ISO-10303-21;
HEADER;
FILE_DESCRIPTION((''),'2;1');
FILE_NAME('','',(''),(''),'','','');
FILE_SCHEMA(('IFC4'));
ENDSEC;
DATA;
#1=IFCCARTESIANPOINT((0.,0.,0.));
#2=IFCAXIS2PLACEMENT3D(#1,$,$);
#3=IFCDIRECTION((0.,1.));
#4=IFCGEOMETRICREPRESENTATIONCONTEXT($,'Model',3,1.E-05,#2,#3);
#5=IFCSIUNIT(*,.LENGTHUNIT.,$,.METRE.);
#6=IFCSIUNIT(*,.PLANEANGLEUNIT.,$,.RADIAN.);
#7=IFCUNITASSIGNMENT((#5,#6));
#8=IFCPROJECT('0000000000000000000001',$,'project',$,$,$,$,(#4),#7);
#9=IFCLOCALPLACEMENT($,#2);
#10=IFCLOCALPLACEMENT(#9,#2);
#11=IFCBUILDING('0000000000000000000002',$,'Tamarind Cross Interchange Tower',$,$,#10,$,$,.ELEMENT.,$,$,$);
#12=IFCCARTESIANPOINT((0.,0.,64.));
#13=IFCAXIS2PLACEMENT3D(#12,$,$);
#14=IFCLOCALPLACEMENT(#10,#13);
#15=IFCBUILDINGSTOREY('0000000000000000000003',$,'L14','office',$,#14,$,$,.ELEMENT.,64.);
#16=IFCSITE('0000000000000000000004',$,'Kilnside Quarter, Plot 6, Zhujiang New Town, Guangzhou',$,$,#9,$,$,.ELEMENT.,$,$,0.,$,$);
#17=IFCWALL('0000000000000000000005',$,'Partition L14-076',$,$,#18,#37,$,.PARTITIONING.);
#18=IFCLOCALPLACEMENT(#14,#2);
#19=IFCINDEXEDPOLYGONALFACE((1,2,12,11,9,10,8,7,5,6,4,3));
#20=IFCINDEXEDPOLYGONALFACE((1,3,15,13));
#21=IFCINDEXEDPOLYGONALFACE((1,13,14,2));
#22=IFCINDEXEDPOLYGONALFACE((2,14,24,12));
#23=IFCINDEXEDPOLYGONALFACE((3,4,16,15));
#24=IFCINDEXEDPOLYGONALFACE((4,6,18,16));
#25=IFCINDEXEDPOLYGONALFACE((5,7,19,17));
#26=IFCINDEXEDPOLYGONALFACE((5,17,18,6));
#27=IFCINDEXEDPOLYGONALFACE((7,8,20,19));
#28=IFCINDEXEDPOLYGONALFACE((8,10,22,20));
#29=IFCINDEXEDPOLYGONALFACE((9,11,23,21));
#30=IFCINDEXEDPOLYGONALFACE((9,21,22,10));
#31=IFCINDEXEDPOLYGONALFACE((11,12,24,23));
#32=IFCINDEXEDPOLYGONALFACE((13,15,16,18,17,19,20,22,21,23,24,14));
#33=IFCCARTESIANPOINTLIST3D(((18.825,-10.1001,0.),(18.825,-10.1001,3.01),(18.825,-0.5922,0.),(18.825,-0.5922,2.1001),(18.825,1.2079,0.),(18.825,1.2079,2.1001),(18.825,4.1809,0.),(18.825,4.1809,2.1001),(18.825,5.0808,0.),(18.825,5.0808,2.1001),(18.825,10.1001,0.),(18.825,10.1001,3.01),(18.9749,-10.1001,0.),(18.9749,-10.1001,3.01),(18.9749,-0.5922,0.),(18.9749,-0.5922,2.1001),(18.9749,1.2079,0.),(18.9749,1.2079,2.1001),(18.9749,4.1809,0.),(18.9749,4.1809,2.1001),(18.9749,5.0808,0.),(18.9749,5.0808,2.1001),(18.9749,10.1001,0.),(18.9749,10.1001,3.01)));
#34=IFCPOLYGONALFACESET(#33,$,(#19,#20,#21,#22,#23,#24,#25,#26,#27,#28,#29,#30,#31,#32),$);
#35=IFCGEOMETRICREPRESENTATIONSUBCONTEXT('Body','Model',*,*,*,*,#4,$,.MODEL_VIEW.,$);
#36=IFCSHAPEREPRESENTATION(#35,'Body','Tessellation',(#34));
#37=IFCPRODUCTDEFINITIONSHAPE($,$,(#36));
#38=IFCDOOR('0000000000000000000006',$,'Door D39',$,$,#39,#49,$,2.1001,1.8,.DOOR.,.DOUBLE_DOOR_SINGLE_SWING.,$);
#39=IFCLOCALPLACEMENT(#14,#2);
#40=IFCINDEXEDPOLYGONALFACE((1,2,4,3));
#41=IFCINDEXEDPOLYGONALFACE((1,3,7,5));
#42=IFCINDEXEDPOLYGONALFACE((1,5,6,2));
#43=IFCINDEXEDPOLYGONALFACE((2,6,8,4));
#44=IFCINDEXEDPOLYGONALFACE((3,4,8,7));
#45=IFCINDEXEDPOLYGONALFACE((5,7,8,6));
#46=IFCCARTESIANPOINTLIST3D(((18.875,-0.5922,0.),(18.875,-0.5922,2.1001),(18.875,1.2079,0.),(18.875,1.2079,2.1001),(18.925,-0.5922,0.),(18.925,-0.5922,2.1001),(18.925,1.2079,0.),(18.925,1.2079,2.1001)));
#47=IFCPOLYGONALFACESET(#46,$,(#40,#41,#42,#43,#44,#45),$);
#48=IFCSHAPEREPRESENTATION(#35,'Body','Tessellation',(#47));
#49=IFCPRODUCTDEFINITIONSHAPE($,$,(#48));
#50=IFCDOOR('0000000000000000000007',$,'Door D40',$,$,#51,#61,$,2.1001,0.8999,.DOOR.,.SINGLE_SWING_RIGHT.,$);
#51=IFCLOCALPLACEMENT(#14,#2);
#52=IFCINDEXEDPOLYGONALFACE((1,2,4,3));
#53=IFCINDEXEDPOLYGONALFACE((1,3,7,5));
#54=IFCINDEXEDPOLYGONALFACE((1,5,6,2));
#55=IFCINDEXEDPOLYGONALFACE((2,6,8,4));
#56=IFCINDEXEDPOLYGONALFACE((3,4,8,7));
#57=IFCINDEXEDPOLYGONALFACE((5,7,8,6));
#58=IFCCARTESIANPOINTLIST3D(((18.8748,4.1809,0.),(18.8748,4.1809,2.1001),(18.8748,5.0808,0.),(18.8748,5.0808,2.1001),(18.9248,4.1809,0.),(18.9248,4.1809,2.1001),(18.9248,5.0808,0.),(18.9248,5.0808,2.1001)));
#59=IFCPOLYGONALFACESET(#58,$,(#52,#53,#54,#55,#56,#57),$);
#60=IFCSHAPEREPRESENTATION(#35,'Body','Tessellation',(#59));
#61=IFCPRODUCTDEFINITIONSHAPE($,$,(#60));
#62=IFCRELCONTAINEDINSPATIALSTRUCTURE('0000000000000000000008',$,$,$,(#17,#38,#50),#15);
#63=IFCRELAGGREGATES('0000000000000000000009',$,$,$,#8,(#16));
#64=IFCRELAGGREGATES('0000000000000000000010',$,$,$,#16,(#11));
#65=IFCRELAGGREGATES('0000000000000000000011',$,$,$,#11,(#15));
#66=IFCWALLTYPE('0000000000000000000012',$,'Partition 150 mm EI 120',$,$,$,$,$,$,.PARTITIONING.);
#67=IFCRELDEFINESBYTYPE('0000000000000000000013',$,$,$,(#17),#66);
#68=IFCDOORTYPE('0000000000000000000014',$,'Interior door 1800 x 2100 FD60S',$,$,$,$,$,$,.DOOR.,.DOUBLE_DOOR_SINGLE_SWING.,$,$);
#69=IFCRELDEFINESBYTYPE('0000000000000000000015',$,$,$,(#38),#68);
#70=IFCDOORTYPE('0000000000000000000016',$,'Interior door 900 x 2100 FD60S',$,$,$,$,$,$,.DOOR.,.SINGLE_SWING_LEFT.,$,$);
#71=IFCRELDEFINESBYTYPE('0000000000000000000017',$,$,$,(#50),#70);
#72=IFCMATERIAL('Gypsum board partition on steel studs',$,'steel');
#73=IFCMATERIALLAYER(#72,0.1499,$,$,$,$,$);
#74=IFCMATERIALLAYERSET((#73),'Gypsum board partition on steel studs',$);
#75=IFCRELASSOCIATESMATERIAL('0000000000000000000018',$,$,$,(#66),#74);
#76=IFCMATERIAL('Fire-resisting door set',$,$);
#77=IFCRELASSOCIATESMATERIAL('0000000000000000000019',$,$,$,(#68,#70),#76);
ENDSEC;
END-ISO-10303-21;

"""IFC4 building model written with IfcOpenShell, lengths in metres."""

from ifc_helpers import new_model, si_unit, direction, frame, frame_2d, origin, place, context, subcontext, project, spatial, rectangle, extrude, material, layer, layer_set, type_object, element, fill, save


model = new_model("IFC4")

# Units and contexts
model_context = context("Model", 3, precision=1e-05, world=origin(), true_north=direction((0.0, 1.0)))
body_context = subcontext(model_context, "Body", "Model", "MODEL_VIEW")
ifc_project = project(units=[si_unit("LENGTHUNIT", "METRE"), si_unit("PLANEANGLEUNIT", "RADIAN")], contexts=[model_context])

# Site, building, storey
site_placement = place(None, origin())
site = spatial("IfcSite", under=ifc_project, at=site_placement, Name="Kilnside Quarter, Plot 6, Zhujiang New Town, Guangzhou", CompositionType="ELEMENT", RefElevation=0.0)
building_placement = place(site_placement, origin())
building = spatial("IfcBuilding", under=site, at=building_placement, Name="Tamarind Cross Interchange Tower", CompositionType="ELEMENT")
storey_placement = place(building_placement, frame((0.0, 0.0, 64.0)))
storey = spatial("IfcBuildingStorey", under=building, at=storey_placement, Name="L14", Description="office", CompositionType="ELEMENT", Elevation=64.0)

# Shared definitions
ifc_material_1 = material(Name="Gypsum board partition on steel studs", Category="steel")
ifc_layer_1 = layer(ifc_material_1, 0.1499)
ifc_layer_set_1 = layer_set([ifc_layer_1], Name="Gypsum board partition on steel studs")
wall_type_1 = type_object("IfcWallType", Name="Partition 150 mm EI 120", PredefinedType="PARTITIONING", material=ifc_layer_set_1)

# Wall, openings, doors
wall_1_placement = place(storey_placement, frame((18.8999, -10.1001, 0.0), z_axis=(0.0, 0.0, 1.0), x_axis=(0.0, 1.0, 0.0)))
wall_1 = element("IfcWall", 1, at=wall_1_placement, inside=storey, type_object=wall_type_1, Name="Partition L14-076", PredefinedType="PARTITIONING", context=body_context, shape_type="SweptSolid", body=[
    extrude(rectangle(XDim=20.2002, YDim=0.1499, at=frame_2d((10.1001, 0.0))), origin(), (0.0, 0.0, 1.0), 3.01),
])
opening_1_placement = place(wall_1_placement, frame((9.5081, 0.0, 0.0)))
opening_1 = element("IfcOpeningElement", 2, at=opening_1_placement, cuts=wall_1, PredefinedType="OPENING", context=body_context, shape_type="SweptSolid", body=[
    extrude(rectangle(XDim=1.8, YDim=2.1001, at=frame_2d((0.8999, 1.05))), frame((0.0, 0.085, 0.0), z_axis=(0.0, -1.0, 0.0), x_axis=(1.0, 0.0, 0.0)), (0.0, 0.0, 1.0), 0.1699),
])
opening_2_placement = place(wall_1_placement, frame((14.281, 0.0, 0.0)))
opening_2 = element("IfcOpeningElement", 3, at=opening_2_placement, cuts=wall_1, PredefinedType="OPENING", context=body_context, shape_type="SweptSolid", body=[
    extrude(rectangle(XDim=0.8999, YDim=2.1001, at=frame_2d((0.45, 1.05))), frame((0.0, 0.085, 0.0), z_axis=(0.0, -1.0, 0.0), x_axis=(1.0, 0.0, 0.0)), (0.0, 0.0, 1.0), 0.1699),
])
ifc_material_2 = material(Name="Fire-resisting door set")
door_type_1 = type_object("IfcDoorType", Name="Interior door 1800 x 2100 FD60S", OperationType="DOUBLE_DOOR_SINGLE_SWING", PredefinedType="DOOR", material=ifc_material_2)
door_1_placement = place(opening_1_placement, origin())
door_1 = element("IfcDoor", 4, at=door_1_placement, inside=storey, type_object=door_type_1, Name="Door D39", OperationType="DOUBLE_DOOR_SINGLE_SWING", OverallHeight=2.1001, OverallWidth=1.8, PredefinedType="DOOR", context=body_context, shape_type="SweptSolid", body=[
    extrude(rectangle(XDim=1.8, YDim=2.1001, at=frame_2d((0.8999, 1.05))), frame((0.0, 0.0249, 0.0), z_axis=(0.0, -1.0, 0.0), x_axis=(1.0, 0.0, 0.0)), (0.0, 0.0, 1.0), 0.05),
])
fill(opening_1, door_1)
door_type_2 = type_object("IfcDoorType", Name="Interior door 900 x 2100 FD60S", OperationType="SINGLE_SWING_LEFT", PredefinedType="DOOR", material=ifc_material_2)
door_2_placement = place(opening_2_placement, frame((0.8999, 0.0, 0.0), z_axis=(0.0, 0.0, 1.0), x_axis=(-1.0, 0.0, 0.0)))
door_2 = element("IfcDoor", 5, at=door_2_placement, inside=storey, type_object=door_type_2, Name="Door D40", OperationType="SINGLE_SWING_RIGHT", OverallHeight=2.1001, OverallWidth=0.8999, PredefinedType="DOOR", context=body_context, shape_type="SweptSolid", body=[
    extrude(rectangle(XDim=0.8999, YDim=2.1001, at=frame_2d((0.45, 1.05))), frame((0.0, 0.0249, 0.0), z_axis=(0.0, -1.0, 0.0), x_axis=(1.0, 0.0, 0.0)), (0.0, 0.0, 1.0), 0.05),
])
fill(opening_2, door_2)

save(model, "model.ifc")
